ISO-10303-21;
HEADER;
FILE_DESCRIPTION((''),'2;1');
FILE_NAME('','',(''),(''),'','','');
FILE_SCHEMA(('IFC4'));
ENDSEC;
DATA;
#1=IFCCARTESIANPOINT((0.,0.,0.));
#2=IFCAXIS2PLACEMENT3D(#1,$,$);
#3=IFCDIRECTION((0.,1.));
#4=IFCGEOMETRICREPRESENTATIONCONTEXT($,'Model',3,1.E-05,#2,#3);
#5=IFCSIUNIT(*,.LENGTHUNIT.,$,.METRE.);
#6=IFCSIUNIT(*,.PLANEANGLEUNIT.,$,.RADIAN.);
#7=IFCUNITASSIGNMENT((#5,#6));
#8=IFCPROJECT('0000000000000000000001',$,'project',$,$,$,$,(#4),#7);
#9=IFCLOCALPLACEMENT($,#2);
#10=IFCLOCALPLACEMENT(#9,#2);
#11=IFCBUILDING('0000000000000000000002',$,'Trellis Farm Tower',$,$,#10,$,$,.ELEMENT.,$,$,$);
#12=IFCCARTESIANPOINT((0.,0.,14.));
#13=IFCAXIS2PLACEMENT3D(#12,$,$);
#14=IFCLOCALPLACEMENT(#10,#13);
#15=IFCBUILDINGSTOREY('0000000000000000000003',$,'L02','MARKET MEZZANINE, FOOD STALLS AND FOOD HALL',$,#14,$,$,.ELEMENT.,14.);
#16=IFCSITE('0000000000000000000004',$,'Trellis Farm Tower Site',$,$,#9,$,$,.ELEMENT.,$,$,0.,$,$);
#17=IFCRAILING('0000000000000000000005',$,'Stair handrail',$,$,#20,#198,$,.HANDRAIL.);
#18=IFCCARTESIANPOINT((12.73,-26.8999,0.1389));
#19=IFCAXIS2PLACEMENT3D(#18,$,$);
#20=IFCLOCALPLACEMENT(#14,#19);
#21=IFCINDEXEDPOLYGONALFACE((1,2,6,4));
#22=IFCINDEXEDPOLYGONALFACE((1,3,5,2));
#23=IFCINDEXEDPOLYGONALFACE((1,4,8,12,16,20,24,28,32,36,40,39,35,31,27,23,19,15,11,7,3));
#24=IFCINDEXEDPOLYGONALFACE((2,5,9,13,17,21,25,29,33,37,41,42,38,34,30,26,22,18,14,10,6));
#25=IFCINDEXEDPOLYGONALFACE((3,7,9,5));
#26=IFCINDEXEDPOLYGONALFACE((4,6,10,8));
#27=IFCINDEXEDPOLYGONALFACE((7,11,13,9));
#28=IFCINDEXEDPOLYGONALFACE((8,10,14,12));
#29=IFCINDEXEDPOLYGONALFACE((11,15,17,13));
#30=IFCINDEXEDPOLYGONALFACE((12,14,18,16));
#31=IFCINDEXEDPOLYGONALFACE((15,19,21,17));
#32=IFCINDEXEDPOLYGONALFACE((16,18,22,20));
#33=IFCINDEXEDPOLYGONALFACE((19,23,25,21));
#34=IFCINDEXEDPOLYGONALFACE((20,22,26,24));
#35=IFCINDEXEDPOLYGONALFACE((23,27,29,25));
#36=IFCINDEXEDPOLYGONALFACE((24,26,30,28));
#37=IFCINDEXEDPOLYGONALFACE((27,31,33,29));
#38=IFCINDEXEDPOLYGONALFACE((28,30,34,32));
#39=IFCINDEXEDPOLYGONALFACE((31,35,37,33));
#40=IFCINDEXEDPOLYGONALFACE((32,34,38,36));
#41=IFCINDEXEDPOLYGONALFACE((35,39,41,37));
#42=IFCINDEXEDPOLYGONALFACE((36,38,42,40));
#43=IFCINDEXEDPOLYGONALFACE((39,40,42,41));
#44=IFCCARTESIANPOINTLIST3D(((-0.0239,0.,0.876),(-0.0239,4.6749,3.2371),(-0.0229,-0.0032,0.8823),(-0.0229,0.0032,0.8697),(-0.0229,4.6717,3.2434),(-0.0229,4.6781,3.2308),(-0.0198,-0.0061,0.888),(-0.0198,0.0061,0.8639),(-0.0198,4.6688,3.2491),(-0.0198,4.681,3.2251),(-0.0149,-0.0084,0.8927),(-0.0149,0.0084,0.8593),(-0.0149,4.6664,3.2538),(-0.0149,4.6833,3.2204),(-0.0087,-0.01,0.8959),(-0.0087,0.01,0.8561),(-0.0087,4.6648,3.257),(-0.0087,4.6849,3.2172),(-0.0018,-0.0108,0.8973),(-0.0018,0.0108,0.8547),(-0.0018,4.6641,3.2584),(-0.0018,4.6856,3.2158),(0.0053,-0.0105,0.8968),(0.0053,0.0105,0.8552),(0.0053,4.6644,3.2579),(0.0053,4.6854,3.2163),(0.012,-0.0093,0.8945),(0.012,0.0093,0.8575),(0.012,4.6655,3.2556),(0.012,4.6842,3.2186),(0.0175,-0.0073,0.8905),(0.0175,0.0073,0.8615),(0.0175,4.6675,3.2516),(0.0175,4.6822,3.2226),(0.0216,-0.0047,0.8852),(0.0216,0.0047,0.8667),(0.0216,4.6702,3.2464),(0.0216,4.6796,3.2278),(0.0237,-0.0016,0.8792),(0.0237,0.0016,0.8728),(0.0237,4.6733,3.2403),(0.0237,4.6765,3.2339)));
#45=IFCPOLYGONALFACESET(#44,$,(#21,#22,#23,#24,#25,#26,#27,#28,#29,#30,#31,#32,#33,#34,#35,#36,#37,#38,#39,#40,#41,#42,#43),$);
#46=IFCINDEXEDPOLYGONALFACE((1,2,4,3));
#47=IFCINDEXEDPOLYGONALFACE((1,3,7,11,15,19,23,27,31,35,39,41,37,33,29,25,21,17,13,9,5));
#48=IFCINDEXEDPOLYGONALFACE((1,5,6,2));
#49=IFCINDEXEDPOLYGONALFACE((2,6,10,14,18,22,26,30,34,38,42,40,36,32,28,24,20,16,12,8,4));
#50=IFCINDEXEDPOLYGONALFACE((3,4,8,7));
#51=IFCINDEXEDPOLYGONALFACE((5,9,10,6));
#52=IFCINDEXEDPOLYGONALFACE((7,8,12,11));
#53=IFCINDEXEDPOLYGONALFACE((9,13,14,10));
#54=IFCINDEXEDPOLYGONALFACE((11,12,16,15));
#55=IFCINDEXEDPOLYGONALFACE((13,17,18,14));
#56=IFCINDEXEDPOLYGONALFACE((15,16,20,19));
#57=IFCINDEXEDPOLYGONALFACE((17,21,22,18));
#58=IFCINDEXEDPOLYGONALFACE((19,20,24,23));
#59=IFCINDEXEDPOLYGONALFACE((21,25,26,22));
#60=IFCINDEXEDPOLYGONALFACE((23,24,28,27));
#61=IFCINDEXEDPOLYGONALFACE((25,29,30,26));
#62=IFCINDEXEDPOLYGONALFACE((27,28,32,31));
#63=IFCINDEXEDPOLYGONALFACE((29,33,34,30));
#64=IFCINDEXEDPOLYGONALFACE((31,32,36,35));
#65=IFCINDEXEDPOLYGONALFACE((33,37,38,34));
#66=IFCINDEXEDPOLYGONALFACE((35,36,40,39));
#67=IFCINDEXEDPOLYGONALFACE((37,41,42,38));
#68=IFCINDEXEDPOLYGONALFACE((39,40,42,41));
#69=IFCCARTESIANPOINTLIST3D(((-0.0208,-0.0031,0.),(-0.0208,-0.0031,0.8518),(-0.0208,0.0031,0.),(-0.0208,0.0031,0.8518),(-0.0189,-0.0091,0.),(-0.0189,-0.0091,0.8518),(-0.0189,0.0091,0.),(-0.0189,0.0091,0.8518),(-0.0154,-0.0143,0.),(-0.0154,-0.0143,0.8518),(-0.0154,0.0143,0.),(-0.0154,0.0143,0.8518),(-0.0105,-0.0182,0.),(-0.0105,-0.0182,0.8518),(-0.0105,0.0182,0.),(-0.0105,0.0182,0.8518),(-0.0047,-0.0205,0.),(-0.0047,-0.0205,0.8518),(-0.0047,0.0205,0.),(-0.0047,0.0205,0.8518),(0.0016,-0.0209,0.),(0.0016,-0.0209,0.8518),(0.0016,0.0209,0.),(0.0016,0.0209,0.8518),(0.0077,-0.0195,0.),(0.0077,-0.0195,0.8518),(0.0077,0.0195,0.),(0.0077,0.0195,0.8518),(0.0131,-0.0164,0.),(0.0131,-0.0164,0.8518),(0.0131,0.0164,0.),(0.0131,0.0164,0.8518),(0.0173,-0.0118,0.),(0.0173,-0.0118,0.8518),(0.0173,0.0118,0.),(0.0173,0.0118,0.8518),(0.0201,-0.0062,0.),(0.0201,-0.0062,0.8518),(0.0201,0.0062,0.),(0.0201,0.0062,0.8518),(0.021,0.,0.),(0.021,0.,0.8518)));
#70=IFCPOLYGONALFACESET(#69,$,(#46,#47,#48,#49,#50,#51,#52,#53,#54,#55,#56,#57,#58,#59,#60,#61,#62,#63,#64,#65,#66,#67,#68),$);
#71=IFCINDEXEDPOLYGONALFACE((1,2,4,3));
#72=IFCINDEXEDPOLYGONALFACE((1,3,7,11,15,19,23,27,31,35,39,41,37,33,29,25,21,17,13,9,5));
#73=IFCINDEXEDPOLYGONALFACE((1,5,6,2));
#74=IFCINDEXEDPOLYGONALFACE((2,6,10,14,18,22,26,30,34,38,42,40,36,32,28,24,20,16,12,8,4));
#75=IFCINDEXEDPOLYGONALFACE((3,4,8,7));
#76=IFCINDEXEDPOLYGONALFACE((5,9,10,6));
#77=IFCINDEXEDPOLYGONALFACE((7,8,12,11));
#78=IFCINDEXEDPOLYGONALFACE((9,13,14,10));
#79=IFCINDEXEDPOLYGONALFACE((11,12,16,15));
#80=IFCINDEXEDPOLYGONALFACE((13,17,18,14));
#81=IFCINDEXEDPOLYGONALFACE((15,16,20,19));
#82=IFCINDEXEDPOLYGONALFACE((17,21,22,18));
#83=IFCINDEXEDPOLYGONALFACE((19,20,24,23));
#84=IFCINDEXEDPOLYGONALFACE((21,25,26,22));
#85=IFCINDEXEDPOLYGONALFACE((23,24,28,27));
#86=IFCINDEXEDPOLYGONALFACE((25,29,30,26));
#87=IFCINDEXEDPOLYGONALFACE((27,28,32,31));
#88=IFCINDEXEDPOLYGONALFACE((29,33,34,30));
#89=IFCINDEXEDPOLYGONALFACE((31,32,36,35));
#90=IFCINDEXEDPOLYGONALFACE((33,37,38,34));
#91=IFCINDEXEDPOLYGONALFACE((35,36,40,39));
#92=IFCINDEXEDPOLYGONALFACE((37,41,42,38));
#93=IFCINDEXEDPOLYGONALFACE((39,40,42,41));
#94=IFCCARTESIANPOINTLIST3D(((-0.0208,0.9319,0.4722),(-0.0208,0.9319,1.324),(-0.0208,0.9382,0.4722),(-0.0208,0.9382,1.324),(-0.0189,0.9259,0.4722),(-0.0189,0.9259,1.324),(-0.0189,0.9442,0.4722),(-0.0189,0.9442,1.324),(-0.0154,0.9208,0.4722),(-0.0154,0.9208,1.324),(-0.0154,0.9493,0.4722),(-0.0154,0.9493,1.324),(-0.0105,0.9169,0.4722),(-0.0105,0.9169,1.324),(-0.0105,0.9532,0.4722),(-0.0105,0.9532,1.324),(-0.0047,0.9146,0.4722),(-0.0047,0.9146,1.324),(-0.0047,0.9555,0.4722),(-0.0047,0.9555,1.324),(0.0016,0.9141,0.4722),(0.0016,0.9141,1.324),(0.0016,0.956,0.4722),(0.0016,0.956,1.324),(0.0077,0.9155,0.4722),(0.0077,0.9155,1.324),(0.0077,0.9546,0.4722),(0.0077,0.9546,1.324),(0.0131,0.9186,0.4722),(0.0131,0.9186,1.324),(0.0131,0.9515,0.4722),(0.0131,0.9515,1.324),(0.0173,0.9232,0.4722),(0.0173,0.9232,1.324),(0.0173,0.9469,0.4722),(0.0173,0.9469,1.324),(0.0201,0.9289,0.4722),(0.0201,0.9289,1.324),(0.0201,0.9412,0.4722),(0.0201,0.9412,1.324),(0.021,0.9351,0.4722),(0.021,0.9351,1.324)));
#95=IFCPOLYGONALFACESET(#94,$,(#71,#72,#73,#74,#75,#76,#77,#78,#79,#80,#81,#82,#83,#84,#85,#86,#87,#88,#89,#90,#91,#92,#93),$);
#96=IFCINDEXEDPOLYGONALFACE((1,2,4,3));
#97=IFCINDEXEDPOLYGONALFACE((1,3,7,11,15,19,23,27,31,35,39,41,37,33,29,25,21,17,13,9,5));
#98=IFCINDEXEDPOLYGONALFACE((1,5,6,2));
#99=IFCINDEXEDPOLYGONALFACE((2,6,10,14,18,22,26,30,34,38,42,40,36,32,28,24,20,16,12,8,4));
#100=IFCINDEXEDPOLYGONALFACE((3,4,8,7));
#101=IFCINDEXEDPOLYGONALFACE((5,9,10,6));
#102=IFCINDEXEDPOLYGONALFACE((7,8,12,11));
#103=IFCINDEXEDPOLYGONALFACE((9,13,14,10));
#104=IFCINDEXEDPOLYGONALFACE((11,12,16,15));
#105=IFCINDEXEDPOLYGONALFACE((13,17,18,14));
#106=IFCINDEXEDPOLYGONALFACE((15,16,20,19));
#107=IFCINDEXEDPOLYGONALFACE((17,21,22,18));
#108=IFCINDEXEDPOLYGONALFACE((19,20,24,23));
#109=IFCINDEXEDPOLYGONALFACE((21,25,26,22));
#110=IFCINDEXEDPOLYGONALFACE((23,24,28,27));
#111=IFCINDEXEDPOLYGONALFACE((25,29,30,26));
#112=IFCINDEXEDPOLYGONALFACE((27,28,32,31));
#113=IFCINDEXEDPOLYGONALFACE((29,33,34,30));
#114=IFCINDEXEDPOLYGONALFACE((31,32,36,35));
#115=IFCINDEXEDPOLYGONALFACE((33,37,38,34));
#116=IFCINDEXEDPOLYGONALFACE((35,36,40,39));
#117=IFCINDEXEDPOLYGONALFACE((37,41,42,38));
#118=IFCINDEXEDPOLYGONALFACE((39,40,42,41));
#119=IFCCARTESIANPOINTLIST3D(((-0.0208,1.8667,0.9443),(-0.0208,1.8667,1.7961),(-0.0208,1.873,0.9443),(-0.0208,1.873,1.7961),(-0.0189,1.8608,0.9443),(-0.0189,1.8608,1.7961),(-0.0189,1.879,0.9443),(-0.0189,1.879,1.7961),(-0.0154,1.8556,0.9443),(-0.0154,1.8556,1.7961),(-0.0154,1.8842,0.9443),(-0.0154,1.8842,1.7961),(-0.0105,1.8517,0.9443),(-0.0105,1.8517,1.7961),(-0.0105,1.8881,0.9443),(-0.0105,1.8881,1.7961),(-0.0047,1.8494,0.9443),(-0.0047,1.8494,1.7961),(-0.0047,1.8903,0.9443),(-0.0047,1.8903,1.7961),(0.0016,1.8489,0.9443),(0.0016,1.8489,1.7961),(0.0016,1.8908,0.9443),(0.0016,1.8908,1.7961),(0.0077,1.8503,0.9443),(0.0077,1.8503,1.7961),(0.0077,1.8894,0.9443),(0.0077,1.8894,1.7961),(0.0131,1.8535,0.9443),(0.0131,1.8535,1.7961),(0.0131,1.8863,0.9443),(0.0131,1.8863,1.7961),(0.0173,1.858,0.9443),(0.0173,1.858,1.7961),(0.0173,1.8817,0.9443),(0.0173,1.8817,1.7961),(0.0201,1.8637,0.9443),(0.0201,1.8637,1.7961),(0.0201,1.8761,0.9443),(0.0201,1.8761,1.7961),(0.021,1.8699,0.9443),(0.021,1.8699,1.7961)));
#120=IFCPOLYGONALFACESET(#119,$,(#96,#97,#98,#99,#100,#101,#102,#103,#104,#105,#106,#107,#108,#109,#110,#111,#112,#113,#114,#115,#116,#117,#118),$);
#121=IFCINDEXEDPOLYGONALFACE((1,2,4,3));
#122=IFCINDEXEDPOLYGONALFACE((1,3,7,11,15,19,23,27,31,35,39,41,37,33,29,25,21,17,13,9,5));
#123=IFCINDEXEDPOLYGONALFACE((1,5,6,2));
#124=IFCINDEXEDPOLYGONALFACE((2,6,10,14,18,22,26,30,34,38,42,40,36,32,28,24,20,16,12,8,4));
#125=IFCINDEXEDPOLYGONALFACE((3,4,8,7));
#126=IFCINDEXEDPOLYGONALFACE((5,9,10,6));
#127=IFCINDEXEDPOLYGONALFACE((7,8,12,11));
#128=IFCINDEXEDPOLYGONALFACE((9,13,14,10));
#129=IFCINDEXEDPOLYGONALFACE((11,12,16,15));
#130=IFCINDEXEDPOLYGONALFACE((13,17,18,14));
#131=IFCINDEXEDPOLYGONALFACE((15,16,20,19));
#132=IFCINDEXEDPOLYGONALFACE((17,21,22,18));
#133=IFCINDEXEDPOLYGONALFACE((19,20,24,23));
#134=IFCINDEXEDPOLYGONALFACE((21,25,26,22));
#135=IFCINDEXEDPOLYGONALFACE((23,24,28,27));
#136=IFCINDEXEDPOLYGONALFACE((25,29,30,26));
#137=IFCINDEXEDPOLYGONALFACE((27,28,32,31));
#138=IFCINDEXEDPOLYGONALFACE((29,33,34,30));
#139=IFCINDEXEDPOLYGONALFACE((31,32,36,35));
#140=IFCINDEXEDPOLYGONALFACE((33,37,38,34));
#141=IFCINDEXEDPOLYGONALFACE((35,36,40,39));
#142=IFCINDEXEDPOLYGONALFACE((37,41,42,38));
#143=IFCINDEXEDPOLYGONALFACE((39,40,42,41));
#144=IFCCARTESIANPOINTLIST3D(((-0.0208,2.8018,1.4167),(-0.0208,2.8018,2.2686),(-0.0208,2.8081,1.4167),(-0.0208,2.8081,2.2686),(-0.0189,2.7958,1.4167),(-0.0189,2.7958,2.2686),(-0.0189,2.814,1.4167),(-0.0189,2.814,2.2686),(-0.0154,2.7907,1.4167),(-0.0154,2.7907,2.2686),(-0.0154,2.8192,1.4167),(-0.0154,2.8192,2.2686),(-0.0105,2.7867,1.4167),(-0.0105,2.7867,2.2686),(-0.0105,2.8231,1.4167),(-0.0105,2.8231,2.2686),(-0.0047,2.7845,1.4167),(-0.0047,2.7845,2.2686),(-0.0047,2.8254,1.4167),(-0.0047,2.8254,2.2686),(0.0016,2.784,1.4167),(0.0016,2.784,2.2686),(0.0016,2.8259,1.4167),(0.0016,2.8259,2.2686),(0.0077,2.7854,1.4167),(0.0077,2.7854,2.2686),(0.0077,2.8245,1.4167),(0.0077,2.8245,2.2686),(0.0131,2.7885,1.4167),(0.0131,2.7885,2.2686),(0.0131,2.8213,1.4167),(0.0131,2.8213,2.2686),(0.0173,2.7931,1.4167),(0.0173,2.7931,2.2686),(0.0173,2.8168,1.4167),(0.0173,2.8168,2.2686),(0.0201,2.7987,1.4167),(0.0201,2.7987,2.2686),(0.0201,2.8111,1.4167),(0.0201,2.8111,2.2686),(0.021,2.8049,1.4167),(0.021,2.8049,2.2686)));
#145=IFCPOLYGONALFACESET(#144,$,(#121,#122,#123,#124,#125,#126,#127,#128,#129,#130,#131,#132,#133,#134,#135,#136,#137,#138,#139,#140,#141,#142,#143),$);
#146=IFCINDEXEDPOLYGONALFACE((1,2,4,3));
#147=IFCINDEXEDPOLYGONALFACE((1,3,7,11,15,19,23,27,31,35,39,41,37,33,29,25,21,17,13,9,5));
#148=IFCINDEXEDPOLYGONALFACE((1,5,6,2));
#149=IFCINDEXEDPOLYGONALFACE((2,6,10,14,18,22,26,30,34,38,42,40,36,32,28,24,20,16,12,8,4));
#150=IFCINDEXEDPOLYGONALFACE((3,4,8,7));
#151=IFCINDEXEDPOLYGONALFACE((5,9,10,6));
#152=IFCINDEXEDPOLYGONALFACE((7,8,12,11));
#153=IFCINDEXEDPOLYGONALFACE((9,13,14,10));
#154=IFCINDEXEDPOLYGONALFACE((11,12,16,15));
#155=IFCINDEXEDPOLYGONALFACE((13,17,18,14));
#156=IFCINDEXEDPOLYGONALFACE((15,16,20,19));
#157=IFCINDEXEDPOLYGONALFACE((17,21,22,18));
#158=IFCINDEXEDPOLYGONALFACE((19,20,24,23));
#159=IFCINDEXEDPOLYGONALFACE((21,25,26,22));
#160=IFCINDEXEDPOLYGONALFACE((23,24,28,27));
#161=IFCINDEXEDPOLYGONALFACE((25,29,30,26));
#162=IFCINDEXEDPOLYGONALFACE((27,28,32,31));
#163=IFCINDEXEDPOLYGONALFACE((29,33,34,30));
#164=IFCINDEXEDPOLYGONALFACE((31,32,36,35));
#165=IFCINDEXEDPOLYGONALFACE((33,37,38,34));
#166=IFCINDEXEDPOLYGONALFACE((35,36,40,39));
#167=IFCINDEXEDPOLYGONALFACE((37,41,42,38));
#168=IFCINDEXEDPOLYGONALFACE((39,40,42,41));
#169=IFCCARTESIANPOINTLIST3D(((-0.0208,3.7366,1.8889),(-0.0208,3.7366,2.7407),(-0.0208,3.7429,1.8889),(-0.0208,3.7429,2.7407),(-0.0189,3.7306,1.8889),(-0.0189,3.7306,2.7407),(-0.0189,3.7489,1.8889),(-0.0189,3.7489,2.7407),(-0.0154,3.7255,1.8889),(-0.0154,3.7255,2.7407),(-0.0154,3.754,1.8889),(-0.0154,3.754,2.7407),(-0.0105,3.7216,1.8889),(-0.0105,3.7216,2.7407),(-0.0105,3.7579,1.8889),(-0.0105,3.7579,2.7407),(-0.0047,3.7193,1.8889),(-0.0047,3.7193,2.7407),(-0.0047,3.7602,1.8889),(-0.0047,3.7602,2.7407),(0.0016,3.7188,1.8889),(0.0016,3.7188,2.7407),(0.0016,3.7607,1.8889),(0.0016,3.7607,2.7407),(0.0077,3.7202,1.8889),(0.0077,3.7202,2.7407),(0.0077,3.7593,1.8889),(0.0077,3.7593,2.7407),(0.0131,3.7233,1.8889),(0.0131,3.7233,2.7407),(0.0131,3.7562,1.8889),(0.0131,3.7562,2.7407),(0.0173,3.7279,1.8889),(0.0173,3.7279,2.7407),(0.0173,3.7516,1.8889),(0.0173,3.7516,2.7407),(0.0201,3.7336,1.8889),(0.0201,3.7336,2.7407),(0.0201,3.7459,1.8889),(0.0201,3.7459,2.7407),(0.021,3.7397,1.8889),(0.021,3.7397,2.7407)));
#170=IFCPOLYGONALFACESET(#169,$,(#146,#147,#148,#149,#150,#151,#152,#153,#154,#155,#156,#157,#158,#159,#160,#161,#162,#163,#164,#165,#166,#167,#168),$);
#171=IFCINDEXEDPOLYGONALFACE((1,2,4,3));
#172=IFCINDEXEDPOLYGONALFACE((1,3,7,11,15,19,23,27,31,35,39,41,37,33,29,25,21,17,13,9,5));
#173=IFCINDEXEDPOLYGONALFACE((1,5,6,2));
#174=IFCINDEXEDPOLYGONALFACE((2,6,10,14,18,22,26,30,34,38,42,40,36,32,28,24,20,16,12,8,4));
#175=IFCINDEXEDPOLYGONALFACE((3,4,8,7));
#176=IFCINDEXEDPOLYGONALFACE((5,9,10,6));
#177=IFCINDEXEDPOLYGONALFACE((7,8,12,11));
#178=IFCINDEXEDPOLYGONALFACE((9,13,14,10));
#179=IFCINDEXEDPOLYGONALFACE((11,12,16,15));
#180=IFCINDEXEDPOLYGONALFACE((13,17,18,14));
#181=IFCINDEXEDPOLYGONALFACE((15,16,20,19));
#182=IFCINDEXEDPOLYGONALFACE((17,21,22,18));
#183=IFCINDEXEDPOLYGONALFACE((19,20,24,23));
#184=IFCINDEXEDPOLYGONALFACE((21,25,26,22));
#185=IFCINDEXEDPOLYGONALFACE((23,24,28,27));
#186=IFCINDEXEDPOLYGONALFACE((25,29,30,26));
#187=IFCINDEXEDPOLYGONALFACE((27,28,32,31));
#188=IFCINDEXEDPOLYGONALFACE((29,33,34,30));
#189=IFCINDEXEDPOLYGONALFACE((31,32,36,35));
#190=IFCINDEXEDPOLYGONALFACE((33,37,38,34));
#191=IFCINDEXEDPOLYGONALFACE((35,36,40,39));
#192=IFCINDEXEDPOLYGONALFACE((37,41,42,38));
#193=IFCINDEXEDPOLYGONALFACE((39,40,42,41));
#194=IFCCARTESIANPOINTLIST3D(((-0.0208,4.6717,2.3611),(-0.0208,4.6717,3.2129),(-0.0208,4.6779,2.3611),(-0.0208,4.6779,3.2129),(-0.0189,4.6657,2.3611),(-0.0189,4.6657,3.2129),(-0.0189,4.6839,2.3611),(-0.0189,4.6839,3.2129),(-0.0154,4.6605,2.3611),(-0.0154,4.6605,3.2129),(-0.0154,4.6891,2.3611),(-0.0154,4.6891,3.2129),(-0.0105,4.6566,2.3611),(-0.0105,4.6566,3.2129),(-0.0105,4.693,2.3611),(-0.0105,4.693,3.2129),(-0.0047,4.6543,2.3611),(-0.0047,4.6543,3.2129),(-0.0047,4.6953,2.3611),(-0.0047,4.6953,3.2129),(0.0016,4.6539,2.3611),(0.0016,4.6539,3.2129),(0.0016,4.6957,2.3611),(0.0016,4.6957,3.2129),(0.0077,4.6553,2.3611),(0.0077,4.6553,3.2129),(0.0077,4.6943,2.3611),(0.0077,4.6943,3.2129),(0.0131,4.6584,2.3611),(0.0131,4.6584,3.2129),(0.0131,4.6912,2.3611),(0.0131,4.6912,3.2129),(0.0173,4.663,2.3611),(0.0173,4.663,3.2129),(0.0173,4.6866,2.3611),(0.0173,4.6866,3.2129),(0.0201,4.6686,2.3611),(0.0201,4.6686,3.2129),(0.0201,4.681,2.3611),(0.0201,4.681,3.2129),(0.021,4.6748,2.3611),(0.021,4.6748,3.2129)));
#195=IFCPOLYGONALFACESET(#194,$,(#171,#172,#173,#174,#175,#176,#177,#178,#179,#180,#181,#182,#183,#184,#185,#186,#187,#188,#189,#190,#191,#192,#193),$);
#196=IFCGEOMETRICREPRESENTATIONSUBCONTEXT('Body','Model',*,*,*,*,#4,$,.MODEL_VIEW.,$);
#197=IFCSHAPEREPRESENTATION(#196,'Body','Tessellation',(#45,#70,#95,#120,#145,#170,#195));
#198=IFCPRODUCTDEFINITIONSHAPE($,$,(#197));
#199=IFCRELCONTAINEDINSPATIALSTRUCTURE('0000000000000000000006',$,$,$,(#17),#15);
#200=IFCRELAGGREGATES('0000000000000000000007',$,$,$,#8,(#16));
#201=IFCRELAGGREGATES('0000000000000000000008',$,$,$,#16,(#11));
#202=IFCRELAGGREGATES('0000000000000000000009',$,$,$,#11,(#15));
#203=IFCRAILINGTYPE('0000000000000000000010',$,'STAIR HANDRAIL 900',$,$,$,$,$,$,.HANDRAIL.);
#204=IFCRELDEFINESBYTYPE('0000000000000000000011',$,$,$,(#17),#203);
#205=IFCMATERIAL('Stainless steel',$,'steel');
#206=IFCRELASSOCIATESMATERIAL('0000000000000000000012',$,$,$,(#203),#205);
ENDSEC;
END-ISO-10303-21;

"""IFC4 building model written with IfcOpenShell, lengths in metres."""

from ifc_helpers import new_model, si_unit, direction, frame, origin, origin_2d, place, context, subcontext, project, spatial, circle, extrude, source, transform, mapped, material, type_object, element, save


model = new_model("IFC4")

# Units and contexts
model_context = context("Model", 3, precision=1e-05, world=origin(), true_north=direction((0.0, 1.0)))
body_context = subcontext(model_context, "Body", "Model", "MODEL_VIEW")
ifc_project = project(units=[si_unit("LENGTHUNIT", "METRE"), si_unit("PLANEANGLEUNIT", "RADIAN")], contexts=[model_context])

# Site, building, storey
site_placement = place(None, origin())
site = spatial("IfcSite", under=ifc_project, at=site_placement, Name="Trellis Farm Tower Site", CompositionType="ELEMENT", RefElevation=0.0)
building_placement = place(site_placement, origin())
building = spatial("IfcBuilding", under=site, at=building_placement, Name="Trellis Farm Tower", CompositionType="ELEMENT")
storey_placement = place(building_placement, frame((0.0, 0.0, 14.0)))
storey = spatial("IfcBuildingStorey", under=building, at=storey_placement, Name="L02", Description="MARKET MEZZANINE, FOOD STALLS AND FOOD HALL", CompositionType="ELEMENT", Elevation=14.0)

# Railing
ifc_material_1 = material(Name="Stainless steel", Category="steel")
railing_type = type_object("IfcRailingType", Name="STAIR HANDRAIL 900", PredefinedType="HANDRAIL", material=ifc_material_1)
shared_shape_1 = source(origin(), body_context, "Body", "SweptSolid", [
    extrude(circle(Radius=0.0239, at=origin_2d()), frame((0.0, 0.0, 0.876), z_axis=(0.0, 0.892611, 0.450827), x_axis=(-1.0, 0.0, 0.0)), (0.0, 0.0, 1.0), 5.2373),
    extrude(circle(Radius=0.021, at=origin_2d()), origin(), (0.0, 0.0, 1.0), 0.8518),
    extrude(circle(Radius=0.021, at=origin_2d()), frame((0.0, 0.9351, 0.4722)), (0.0, 0.0, 1.0), 0.8518),
    extrude(circle(Radius=0.021, at=origin_2d()), frame((0.0, 1.8699, 0.9443)), (0.0, 0.0, 1.0), 0.8518),
    extrude(circle(Radius=0.021, at=origin_2d()), frame((0.0, 2.8049, 1.4167)), (0.0, 0.0, 1.0), 0.8518),
    extrude(circle(Radius=0.021, at=origin_2d()), frame((0.0, 3.7397, 1.8889)), (0.0, 0.0, 1.0), 0.8518),
    extrude(circle(Radius=0.021, at=origin_2d()), frame((0.0, 4.6748, 2.3611)), (0.0, 0.0, 1.0), 0.8518),
])
for number, where, name in (
    (1, (12.73, -26.8999, 0.1389), "Stair handrail"),
):
    element("IfcRailing", number, at=place(storey_placement, frame(where)), inside=storey, type_object=railing_type, Name=name, PredefinedType="HANDRAIL", context=body_context, shape_type="MappedRepresentation", body=[
        mapped(shared_shape_1, transform((0.0, 0.0, 0.0))),
    ])

save(model, "model.ifc")
